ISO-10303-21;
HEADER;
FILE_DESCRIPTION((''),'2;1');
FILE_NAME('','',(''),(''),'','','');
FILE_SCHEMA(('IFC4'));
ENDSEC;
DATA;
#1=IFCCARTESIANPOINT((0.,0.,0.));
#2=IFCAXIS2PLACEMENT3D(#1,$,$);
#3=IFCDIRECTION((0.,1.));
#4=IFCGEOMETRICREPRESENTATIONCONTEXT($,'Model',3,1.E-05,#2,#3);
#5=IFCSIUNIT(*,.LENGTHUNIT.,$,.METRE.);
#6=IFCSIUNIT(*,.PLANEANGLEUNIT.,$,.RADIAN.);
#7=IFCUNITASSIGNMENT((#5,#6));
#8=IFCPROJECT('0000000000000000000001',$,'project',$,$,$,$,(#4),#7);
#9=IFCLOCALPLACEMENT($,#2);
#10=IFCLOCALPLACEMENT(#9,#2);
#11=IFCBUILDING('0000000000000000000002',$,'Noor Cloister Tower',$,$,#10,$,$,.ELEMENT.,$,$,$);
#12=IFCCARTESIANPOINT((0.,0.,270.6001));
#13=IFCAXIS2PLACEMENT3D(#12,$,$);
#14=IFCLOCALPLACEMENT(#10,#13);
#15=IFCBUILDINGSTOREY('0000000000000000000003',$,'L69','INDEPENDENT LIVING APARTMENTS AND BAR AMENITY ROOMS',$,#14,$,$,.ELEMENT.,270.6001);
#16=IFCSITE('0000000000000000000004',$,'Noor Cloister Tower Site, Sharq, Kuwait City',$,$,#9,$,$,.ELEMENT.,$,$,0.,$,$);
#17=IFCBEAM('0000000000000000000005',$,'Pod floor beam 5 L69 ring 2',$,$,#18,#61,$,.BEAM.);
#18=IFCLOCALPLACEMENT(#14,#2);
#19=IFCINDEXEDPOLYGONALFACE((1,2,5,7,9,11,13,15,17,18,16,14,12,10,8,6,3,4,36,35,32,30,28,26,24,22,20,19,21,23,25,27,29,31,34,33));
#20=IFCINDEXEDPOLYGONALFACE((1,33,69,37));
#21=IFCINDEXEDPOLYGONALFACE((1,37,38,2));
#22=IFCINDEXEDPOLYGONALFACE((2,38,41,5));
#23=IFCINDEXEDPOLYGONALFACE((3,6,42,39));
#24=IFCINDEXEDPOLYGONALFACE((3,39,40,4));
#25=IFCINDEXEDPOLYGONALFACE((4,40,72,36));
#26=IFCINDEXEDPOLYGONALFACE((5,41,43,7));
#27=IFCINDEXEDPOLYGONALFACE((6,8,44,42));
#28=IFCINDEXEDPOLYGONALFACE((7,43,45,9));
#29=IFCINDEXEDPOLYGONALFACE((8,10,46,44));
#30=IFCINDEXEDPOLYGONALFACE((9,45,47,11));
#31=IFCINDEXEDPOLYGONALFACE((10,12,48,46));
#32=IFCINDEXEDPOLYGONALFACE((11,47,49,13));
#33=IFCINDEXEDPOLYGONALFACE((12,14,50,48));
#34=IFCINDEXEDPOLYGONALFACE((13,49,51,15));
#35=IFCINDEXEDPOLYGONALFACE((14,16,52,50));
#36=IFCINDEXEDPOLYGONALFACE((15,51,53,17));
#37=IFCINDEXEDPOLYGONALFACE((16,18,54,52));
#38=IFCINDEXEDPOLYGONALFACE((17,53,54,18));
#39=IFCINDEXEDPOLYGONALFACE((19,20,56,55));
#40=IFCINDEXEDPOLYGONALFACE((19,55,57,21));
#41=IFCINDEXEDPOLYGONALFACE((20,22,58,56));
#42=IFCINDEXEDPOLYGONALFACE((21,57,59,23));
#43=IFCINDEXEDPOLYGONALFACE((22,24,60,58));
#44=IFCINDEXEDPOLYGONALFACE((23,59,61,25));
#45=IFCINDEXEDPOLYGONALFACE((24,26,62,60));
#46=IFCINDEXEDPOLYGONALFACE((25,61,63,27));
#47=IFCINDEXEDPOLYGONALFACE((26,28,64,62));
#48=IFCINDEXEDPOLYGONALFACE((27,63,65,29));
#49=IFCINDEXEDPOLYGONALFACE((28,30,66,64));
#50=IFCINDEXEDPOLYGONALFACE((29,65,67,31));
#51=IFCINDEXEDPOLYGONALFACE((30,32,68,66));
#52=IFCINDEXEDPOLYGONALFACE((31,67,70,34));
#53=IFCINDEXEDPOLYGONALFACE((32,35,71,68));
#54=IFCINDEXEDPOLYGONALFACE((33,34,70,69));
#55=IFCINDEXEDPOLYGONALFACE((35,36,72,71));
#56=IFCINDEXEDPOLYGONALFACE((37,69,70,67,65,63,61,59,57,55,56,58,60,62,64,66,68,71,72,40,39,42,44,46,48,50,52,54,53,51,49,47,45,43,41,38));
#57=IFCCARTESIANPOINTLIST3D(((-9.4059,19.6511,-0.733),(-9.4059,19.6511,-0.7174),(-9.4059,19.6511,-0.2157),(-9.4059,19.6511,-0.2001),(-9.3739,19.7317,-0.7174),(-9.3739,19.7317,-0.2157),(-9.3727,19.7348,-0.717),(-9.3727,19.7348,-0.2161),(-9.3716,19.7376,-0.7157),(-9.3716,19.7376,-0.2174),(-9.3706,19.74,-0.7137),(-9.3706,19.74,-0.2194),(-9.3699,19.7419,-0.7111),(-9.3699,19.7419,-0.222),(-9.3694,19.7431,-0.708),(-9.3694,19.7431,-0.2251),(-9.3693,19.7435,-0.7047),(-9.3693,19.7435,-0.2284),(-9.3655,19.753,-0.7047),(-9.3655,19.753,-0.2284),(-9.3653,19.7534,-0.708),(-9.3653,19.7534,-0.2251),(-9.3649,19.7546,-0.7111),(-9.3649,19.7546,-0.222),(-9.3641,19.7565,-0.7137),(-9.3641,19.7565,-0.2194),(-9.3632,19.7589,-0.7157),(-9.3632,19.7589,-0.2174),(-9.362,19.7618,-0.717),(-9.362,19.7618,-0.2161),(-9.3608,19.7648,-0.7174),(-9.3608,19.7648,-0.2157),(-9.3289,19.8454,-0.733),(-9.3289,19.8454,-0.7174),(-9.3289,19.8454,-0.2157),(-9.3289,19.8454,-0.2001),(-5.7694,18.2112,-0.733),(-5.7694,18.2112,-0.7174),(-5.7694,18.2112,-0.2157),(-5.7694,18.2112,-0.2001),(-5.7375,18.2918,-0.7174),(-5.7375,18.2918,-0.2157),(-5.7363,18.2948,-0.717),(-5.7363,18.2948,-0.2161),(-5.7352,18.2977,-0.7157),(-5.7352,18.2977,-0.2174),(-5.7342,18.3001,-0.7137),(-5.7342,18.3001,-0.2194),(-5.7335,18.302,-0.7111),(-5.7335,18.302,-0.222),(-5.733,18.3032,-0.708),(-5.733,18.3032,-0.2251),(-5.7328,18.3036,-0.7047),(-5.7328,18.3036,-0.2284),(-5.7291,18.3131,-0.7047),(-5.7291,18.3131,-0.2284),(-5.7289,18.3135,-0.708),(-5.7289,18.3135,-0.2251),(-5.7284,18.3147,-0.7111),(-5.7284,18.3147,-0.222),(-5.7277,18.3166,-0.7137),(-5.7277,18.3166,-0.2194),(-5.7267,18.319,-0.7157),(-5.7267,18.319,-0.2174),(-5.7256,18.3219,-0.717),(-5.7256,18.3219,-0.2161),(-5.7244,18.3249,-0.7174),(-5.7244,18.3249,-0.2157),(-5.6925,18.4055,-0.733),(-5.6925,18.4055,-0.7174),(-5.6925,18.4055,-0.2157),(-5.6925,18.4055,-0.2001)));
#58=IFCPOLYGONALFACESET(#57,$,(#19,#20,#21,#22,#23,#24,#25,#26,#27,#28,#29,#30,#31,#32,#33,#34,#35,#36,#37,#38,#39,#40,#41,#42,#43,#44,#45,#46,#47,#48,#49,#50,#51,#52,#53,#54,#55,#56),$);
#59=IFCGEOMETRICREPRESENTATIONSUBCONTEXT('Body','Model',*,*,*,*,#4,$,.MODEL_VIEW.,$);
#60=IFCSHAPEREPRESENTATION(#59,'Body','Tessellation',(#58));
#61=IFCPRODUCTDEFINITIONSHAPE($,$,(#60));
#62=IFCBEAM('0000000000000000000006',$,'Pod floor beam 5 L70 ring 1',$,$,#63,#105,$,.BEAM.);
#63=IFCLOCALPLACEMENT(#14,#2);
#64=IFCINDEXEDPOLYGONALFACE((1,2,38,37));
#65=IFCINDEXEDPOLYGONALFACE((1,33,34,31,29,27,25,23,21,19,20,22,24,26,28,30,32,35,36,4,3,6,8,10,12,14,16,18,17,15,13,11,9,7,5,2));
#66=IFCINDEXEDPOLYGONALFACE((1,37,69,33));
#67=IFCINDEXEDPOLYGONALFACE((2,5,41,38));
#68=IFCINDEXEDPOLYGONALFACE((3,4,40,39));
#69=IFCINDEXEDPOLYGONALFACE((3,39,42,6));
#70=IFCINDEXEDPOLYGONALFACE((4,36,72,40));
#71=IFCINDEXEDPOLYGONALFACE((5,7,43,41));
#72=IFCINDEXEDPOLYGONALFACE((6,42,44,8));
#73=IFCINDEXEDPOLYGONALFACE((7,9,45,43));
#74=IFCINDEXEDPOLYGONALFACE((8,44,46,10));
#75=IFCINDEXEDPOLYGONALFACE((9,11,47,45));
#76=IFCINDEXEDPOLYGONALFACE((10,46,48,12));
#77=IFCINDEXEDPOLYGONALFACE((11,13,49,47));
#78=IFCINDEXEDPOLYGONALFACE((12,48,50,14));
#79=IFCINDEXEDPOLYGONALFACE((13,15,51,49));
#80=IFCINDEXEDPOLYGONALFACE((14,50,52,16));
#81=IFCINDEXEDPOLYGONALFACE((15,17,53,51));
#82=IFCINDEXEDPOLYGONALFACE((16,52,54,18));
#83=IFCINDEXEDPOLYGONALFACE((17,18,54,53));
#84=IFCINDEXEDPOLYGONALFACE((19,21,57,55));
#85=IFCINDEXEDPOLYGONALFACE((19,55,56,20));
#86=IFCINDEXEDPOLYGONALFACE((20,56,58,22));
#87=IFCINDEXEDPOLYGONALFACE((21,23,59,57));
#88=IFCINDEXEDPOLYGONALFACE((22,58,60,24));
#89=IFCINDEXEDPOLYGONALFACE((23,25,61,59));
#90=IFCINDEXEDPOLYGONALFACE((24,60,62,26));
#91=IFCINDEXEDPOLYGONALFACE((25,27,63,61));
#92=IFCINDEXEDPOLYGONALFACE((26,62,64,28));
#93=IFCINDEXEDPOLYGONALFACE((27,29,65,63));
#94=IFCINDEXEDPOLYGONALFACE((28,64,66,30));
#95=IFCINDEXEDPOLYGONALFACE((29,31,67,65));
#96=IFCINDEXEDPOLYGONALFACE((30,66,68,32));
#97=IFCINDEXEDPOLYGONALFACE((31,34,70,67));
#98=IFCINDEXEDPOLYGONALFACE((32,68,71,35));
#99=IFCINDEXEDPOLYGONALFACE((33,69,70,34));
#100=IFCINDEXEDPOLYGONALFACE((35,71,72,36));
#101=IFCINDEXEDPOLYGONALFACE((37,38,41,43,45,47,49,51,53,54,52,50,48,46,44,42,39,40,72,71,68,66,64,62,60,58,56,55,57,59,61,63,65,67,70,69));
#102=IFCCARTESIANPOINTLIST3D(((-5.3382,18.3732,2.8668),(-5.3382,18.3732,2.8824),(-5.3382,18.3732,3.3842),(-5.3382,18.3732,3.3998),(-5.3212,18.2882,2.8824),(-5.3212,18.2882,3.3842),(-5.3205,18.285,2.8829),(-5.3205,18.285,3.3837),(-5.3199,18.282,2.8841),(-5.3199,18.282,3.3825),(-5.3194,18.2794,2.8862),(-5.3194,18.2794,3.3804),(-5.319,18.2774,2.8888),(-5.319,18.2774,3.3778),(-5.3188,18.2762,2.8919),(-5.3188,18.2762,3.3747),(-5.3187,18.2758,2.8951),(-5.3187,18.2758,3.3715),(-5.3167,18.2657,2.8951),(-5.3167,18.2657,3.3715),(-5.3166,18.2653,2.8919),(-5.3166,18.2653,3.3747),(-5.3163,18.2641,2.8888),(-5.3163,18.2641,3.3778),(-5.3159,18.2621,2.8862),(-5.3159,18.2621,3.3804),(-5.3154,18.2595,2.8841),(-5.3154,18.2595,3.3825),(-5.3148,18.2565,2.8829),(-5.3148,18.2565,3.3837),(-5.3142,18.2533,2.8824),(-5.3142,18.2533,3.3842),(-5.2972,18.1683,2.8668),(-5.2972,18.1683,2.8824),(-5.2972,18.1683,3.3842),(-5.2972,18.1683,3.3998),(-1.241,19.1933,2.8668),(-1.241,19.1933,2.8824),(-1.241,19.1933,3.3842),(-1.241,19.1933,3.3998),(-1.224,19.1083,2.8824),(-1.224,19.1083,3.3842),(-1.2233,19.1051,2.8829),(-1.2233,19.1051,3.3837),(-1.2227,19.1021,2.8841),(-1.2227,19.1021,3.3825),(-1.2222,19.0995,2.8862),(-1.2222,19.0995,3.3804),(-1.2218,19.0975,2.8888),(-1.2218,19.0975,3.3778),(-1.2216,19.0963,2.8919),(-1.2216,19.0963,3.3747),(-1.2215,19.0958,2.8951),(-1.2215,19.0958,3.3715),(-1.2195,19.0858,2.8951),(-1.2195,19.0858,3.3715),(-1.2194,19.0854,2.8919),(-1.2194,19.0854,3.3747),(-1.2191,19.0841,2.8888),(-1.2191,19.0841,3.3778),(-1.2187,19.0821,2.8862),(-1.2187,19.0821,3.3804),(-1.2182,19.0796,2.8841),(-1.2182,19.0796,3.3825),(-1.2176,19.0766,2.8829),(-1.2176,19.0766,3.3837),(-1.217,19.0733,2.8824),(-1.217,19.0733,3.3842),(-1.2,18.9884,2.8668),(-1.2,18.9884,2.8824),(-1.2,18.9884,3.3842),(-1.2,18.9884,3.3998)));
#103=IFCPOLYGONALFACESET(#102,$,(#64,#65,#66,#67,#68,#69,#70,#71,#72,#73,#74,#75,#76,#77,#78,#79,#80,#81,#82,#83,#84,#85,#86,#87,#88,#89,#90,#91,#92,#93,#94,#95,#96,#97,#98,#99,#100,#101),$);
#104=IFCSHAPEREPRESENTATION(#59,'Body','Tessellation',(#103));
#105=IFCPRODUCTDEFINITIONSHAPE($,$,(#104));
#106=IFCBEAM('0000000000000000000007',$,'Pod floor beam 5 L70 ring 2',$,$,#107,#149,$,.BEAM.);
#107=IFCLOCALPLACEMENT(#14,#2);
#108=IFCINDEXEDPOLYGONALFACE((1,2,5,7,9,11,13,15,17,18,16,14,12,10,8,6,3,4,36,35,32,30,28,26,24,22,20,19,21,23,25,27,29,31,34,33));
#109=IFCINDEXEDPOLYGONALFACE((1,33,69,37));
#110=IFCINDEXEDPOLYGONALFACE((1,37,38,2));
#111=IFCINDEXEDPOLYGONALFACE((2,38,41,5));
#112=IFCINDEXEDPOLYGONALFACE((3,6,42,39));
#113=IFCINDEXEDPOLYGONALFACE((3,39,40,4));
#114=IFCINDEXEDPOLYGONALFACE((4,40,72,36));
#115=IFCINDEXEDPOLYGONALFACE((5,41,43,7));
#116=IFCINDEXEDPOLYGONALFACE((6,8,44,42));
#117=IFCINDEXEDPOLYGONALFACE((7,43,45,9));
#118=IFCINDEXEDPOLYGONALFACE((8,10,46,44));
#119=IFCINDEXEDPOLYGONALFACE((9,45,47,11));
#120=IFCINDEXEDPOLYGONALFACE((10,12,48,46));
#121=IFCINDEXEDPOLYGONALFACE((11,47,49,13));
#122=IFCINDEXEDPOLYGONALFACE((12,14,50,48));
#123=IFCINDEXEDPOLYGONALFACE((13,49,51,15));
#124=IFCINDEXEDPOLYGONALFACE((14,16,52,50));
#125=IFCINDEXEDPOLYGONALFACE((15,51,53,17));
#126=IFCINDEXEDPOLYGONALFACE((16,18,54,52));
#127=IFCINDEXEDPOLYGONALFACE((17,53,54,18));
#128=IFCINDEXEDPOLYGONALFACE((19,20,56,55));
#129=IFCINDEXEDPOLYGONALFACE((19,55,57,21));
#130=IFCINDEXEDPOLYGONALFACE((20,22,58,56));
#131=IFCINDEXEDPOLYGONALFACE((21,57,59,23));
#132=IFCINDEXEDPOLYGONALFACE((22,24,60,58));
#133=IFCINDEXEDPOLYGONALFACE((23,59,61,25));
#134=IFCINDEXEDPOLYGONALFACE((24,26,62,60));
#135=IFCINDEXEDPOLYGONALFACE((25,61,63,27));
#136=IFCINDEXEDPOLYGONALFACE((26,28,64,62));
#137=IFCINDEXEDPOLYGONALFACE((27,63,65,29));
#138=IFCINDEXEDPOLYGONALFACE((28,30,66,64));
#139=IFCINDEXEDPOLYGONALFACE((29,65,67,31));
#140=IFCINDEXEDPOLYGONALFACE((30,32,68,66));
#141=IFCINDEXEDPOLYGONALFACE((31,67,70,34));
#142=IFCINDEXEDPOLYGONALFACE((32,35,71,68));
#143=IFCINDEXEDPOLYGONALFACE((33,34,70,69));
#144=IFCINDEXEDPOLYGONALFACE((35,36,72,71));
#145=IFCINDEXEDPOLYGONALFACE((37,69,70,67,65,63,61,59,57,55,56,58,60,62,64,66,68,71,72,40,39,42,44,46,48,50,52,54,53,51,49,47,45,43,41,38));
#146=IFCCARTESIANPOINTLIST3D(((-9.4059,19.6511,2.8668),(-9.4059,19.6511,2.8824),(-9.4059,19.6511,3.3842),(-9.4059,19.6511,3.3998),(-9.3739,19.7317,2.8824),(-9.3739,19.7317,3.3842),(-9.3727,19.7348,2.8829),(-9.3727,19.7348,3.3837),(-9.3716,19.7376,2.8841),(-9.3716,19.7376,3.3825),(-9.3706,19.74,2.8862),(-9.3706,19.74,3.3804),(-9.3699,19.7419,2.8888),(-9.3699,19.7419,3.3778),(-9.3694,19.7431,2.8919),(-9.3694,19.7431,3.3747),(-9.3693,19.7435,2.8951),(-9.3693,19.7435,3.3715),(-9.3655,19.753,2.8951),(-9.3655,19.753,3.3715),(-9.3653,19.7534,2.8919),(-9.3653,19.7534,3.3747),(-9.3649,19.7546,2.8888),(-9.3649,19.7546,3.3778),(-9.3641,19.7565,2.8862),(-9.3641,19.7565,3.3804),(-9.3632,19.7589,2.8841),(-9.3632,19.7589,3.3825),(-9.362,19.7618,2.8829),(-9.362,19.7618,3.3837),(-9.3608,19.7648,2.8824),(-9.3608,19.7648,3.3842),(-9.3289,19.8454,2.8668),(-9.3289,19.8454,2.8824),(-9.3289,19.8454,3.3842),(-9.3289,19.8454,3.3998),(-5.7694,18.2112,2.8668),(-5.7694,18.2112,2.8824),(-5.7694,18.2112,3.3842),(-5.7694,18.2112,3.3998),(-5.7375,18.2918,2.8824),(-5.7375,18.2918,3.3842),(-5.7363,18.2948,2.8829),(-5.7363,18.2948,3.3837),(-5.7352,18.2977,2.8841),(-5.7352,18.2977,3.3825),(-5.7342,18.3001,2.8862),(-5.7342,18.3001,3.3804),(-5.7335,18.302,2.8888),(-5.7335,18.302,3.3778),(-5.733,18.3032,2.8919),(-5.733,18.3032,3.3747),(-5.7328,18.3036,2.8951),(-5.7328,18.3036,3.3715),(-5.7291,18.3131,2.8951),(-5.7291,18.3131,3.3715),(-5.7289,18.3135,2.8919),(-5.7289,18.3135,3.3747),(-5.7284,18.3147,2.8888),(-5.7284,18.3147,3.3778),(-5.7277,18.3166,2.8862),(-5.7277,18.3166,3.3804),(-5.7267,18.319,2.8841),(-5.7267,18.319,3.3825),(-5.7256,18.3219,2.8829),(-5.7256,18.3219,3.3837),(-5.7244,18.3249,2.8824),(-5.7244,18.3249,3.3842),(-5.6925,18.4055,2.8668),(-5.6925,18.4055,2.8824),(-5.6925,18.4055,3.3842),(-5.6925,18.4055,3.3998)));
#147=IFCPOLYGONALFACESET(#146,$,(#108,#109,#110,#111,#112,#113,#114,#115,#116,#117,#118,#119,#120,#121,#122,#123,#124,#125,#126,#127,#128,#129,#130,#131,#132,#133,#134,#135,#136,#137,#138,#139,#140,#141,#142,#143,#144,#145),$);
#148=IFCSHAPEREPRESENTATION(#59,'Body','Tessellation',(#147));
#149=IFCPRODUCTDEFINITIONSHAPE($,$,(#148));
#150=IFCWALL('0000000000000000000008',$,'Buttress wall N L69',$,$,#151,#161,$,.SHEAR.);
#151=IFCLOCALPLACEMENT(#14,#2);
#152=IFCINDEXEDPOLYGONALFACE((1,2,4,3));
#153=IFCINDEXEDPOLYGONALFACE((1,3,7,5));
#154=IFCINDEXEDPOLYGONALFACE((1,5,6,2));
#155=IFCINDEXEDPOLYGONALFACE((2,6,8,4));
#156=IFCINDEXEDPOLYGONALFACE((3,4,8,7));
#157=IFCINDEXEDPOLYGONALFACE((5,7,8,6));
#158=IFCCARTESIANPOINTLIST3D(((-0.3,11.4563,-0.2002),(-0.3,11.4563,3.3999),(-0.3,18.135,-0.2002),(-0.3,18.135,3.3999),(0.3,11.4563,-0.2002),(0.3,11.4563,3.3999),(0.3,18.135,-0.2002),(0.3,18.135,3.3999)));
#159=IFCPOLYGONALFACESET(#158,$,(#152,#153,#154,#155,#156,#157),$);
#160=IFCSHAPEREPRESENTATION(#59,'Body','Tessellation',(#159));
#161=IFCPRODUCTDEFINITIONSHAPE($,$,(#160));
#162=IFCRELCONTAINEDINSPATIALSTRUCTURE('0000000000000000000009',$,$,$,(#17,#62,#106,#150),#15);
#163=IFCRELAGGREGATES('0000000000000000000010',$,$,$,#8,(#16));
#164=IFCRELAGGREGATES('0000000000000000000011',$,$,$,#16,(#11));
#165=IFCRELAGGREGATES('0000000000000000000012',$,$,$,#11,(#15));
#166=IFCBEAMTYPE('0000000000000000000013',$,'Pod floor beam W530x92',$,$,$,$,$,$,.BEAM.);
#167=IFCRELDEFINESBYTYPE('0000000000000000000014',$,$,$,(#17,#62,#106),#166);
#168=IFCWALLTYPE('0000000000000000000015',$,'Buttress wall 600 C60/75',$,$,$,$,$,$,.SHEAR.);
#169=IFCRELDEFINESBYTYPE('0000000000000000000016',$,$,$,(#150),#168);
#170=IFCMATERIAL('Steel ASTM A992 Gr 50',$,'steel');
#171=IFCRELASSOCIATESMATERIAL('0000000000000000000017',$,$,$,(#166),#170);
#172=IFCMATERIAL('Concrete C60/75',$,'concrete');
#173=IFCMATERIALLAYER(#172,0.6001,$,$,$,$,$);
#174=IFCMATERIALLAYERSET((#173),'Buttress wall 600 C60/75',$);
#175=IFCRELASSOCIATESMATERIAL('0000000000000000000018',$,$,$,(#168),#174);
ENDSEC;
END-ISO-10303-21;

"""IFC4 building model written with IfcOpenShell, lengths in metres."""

from ifc_helpers import new_model, si_unit, direction, frame, frame_2d, origin, origin_2d, place, context, subcontext, project, spatial, rectangle, i_section, extrude, material, layer, layer_set, material_profile, profile_set, type_object, element, save


model = new_model("IFC4")

# Units and contexts
model_context = context("Model", 3, precision=1e-05, world=origin(), true_north=direction((0.0, 1.0)))
body_context = subcontext(model_context, "Body", "Model", "MODEL_VIEW")
ifc_project = project(units=[si_unit("LENGTHUNIT", "METRE"), si_unit("PLANEANGLEUNIT", "RADIAN")], contexts=[model_context])

# Site, building, storey
site_placement = place(None, origin())
site = spatial("IfcSite", under=ifc_project, at=site_placement, Name="Noor Cloister Tower Site, Sharq, Kuwait City", CompositionType="ELEMENT", RefElevation=0.0)
building_placement = place(site_placement, origin())
building = spatial("IfcBuilding", under=site, at=building_placement, Name="Noor Cloister Tower", CompositionType="ELEMENT")
storey_placement = place(building_placement, frame((0.0, 0.0, 270.6001)))
storey = spatial("IfcBuildingStorey", under=building, at=storey_placement, Name="L69", Description="INDEPENDENT LIVING APARTMENTS AND BAR AMENITY ROOMS", CompositionType="ELEMENT", Elevation=270.6001)

# Beams
ifc_material_1 = material(Name="Steel ASTM A992 Gr 50", Category="steel")
ifc_material_profile_1 = material_profile(ifc_material_1, i_section(OverallWidth=0.209, OverallDepth=0.533, WebThickness=0.0103, FlangeThickness=0.0156, FilletRadius=0.0127, at=origin_2d()), Name="W530x92")
ifc_profile_set_1 = profile_set([ifc_material_profile_1], Name="Steel ASTM A992 Gr 50")
beam_type = type_object("IfcBeamType", Name="Pod floor beam W530x92", PredefinedType="BEAM", material=ifc_profile_set_1)
beam_1_placement = place(storey_placement, frame((-5.731, 18.3083, -0.4666), z_axis=(-0.929763, 0.36816, 0.0), x_axis=(-0.36816, -0.929763, 0.0)))
element("IfcBeam", 1, at=beam_1_placement, inside=storey, type_object=beam_type, Name="Pod floor beam 5 L69 ring 2", PredefinedType="BEAM", context=body_context, shape_type="SweptSolid", body=[
    extrude(i_section(OverallWidth=0.209, OverallDepth=0.533, WebThickness=0.0103, FlangeThickness=0.0156, FilletRadius=0.0127, at=origin_2d()), origin(), (0.0, 0.0, 1.0), 3.9111),
])
beam_2_placement = place(storey_placement, frame((-1.2205, 19.0908, 3.1333), z_axis=(-0.980551, -0.196262, 0.0), x_axis=(0.196262, -0.980551, 0.0)))
element("IfcBeam", 2, at=beam_2_placement, inside=storey, type_object=beam_type, Name="Pod floor beam 5 L70 ring 1", PredefinedType="BEAM", context=body_context, shape_type="SweptSolid", body=[
    extrude(i_section(OverallWidth=0.209, OverallDepth=0.533, WebThickness=0.0103, FlangeThickness=0.0156, FilletRadius=0.0127, at=origin_2d()), origin(), (0.0, 0.0, 1.0), 4.1785),
])
beam_3_placement = place(storey_placement, frame((-5.731, 18.3083, 3.1333), z_axis=(-0.929763, 0.36816, 0.0), x_axis=(-0.36816, -0.929763, 0.0)))
element("IfcBeam", 3, at=beam_3_placement, inside=storey, type_object=beam_type, Name="Pod floor beam 5 L70 ring 2", PredefinedType="BEAM", context=body_context, shape_type="SweptSolid", body=[
    extrude(i_section(OverallWidth=0.209, OverallDepth=0.533, WebThickness=0.0103, FlangeThickness=0.0156, FilletRadius=0.0127, at=origin_2d()), origin(), (0.0, 0.0, 1.0), 3.9111),
])

# Wall
ifc_material_2 = material(Name="Concrete C60/75", Category="concrete")
ifc_layer_1 = layer(ifc_material_2, 0.6001)
ifc_layer_set_1 = layer_set([ifc_layer_1], Name="Buttress wall 600 C60/75")
wall_type_1 = type_object("IfcWallType", Name="Buttress wall 600 C60/75", PredefinedType="SHEAR", material=ifc_layer_set_1)
wall_1_placement = place(storey_placement, frame((0.0, 11.4563, -0.2002), z_axis=(0.0, 0.0, 1.0), x_axis=(0.0, 1.0, 0.0)))
element("IfcWall", 4, at=wall_1_placement, inside=storey, type_object=wall_type_1, Name="Buttress wall N L69", PredefinedType="SHEAR", context=body_context, shape_type="SweptSolid", body=[
    extrude(rectangle(XDim=6.6787, YDim=0.6001, at=frame_2d((3.3394, 0.0))), origin(), (0.0, 0.0, 1.0), 3.6001),
])

save(model, "model.ifc")
